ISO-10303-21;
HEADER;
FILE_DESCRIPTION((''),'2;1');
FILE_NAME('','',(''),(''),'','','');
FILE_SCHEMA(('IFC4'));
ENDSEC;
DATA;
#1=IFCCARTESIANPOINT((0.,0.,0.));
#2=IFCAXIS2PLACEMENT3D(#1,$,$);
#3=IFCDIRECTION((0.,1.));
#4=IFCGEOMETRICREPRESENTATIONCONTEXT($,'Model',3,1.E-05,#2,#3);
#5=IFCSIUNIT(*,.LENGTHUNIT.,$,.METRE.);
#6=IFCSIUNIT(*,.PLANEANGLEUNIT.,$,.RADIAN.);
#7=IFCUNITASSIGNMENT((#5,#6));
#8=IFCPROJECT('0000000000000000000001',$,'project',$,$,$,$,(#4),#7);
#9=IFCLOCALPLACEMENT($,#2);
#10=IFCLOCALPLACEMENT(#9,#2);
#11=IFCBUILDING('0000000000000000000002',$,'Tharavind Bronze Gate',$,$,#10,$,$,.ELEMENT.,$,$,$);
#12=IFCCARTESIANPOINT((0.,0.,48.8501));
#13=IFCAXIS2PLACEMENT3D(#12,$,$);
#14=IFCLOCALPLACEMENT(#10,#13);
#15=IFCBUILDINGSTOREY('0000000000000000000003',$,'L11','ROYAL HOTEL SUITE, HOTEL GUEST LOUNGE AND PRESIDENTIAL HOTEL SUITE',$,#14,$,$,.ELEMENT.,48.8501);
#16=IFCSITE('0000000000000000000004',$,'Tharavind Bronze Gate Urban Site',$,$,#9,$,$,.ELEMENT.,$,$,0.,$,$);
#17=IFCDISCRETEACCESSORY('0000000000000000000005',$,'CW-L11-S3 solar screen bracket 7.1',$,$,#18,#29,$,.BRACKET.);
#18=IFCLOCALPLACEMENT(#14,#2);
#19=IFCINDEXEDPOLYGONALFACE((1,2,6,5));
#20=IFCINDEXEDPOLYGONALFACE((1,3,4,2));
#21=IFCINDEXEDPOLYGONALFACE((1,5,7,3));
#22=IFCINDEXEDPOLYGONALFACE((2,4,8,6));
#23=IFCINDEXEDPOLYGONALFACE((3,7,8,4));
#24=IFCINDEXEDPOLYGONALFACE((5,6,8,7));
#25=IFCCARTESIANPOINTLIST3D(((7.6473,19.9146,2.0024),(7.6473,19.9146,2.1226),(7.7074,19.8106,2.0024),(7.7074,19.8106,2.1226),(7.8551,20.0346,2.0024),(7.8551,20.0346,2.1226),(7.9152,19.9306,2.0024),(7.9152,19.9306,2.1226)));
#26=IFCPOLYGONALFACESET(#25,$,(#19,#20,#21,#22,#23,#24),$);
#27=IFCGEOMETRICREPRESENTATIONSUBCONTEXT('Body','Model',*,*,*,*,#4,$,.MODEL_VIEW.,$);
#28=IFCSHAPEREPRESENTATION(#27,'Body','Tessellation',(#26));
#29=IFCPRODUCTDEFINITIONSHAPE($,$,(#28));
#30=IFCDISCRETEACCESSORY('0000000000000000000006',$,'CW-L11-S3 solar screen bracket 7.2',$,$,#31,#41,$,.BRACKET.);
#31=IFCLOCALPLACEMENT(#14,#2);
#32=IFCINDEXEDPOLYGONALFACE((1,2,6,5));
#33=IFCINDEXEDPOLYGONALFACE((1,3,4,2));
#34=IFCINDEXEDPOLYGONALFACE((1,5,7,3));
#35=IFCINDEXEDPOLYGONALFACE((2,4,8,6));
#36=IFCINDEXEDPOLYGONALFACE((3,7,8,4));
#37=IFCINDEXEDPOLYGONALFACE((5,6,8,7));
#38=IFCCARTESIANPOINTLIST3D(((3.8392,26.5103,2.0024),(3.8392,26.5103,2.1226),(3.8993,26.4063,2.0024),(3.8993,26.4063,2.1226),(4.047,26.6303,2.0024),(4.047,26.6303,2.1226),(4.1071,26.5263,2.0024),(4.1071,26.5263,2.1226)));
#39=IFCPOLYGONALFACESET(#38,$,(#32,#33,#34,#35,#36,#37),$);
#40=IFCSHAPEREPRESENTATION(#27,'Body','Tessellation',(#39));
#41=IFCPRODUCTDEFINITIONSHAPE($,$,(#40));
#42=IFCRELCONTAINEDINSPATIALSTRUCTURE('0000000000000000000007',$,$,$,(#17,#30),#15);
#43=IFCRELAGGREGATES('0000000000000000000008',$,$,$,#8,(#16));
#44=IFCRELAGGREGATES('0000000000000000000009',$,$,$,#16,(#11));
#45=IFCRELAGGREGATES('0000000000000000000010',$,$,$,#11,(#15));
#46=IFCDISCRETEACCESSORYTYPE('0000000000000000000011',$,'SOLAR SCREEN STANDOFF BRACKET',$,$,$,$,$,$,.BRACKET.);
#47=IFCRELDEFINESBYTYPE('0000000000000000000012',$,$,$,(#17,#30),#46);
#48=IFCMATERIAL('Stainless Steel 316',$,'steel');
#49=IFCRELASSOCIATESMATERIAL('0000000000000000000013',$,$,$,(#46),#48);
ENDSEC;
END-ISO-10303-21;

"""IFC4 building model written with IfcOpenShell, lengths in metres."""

from ifc_helpers import new_model, si_unit, direction, frame, origin, origin_2d, place, context, subcontext, project, spatial, rectangle, extrude, material, type_object, element, save


model = new_model("IFC4")

# Units and contexts
model_context = context("Model", 3, precision=1e-05, world=origin(), true_north=direction((0.0, 1.0)))
body_context = subcontext(model_context, "Body", "Model", "MODEL_VIEW")
ifc_project = project(units=[si_unit("LENGTHUNIT", "METRE"), si_unit("PLANEANGLEUNIT", "RADIAN")], contexts=[model_context])

# Site, building, storey
site_placement = place(None, origin())
site = spatial("IfcSite", under=ifc_project, at=site_placement, Name="Tharavind Bronze Gate Urban Site", CompositionType="ELEMENT", RefElevation=0.0)
building_placement = place(site_placement, origin())
building = spatial("IfcBuilding", under=site, at=building_placement, Name="Tharavind Bronze Gate", CompositionType="ELEMENT")
storey_placement = place(building_placement, frame((0.0, 0.0, 48.8501)))
storey = spatial("IfcBuildingStorey", under=building, at=storey_placement, Name="L11", Description="ROYAL HOTEL SUITE, HOTEL GUEST LOUNGE AND PRESIDENTIAL HOTEL SUITE", CompositionType="ELEMENT", Elevation=48.8501)

# Discrete accessories
ifc_material_1 = material(Name="Stainless Steel 316", Category="steel")
discrete_accessory_type = type_object("IfcDiscreteAccessoryType", Name="SOLAR SCREEN STANDOFF BRACKET", PredefinedType="BRACKET", material=ifc_material_1)
for number, where, z_axis, x_axis, name in (
    (1, (7.7812, 19.9226, 2.0024), (0.0, 0.0, 1.0), (-0.500002, 0.866025, 0.0), "CW-L11-S3 solar screen bracket 7.1"),
    (2, (3.9731, 26.5183, 2.0024), (0.0, 0.0, 1.0), (-0.500002, 0.866025, 0.0), "CW-L11-S3 solar screen bracket 7.2"),
):
    element("IfcDiscreteAccessory", number, at=place(storey_placement, frame(where, z_axis=z_axis, x_axis=x_axis)), inside=storey, type_object=discrete_accessory_type, Name=name, PredefinedType="BRACKET", context=body_context, shape_type="SweptSolid", body=[
        extrude(rectangle(XDim=0.1201, YDim=0.24, at=origin_2d()), origin(), (0.0, 0.0, 1.0), 0.1201),
    ])

save(model, "model.ifc")
